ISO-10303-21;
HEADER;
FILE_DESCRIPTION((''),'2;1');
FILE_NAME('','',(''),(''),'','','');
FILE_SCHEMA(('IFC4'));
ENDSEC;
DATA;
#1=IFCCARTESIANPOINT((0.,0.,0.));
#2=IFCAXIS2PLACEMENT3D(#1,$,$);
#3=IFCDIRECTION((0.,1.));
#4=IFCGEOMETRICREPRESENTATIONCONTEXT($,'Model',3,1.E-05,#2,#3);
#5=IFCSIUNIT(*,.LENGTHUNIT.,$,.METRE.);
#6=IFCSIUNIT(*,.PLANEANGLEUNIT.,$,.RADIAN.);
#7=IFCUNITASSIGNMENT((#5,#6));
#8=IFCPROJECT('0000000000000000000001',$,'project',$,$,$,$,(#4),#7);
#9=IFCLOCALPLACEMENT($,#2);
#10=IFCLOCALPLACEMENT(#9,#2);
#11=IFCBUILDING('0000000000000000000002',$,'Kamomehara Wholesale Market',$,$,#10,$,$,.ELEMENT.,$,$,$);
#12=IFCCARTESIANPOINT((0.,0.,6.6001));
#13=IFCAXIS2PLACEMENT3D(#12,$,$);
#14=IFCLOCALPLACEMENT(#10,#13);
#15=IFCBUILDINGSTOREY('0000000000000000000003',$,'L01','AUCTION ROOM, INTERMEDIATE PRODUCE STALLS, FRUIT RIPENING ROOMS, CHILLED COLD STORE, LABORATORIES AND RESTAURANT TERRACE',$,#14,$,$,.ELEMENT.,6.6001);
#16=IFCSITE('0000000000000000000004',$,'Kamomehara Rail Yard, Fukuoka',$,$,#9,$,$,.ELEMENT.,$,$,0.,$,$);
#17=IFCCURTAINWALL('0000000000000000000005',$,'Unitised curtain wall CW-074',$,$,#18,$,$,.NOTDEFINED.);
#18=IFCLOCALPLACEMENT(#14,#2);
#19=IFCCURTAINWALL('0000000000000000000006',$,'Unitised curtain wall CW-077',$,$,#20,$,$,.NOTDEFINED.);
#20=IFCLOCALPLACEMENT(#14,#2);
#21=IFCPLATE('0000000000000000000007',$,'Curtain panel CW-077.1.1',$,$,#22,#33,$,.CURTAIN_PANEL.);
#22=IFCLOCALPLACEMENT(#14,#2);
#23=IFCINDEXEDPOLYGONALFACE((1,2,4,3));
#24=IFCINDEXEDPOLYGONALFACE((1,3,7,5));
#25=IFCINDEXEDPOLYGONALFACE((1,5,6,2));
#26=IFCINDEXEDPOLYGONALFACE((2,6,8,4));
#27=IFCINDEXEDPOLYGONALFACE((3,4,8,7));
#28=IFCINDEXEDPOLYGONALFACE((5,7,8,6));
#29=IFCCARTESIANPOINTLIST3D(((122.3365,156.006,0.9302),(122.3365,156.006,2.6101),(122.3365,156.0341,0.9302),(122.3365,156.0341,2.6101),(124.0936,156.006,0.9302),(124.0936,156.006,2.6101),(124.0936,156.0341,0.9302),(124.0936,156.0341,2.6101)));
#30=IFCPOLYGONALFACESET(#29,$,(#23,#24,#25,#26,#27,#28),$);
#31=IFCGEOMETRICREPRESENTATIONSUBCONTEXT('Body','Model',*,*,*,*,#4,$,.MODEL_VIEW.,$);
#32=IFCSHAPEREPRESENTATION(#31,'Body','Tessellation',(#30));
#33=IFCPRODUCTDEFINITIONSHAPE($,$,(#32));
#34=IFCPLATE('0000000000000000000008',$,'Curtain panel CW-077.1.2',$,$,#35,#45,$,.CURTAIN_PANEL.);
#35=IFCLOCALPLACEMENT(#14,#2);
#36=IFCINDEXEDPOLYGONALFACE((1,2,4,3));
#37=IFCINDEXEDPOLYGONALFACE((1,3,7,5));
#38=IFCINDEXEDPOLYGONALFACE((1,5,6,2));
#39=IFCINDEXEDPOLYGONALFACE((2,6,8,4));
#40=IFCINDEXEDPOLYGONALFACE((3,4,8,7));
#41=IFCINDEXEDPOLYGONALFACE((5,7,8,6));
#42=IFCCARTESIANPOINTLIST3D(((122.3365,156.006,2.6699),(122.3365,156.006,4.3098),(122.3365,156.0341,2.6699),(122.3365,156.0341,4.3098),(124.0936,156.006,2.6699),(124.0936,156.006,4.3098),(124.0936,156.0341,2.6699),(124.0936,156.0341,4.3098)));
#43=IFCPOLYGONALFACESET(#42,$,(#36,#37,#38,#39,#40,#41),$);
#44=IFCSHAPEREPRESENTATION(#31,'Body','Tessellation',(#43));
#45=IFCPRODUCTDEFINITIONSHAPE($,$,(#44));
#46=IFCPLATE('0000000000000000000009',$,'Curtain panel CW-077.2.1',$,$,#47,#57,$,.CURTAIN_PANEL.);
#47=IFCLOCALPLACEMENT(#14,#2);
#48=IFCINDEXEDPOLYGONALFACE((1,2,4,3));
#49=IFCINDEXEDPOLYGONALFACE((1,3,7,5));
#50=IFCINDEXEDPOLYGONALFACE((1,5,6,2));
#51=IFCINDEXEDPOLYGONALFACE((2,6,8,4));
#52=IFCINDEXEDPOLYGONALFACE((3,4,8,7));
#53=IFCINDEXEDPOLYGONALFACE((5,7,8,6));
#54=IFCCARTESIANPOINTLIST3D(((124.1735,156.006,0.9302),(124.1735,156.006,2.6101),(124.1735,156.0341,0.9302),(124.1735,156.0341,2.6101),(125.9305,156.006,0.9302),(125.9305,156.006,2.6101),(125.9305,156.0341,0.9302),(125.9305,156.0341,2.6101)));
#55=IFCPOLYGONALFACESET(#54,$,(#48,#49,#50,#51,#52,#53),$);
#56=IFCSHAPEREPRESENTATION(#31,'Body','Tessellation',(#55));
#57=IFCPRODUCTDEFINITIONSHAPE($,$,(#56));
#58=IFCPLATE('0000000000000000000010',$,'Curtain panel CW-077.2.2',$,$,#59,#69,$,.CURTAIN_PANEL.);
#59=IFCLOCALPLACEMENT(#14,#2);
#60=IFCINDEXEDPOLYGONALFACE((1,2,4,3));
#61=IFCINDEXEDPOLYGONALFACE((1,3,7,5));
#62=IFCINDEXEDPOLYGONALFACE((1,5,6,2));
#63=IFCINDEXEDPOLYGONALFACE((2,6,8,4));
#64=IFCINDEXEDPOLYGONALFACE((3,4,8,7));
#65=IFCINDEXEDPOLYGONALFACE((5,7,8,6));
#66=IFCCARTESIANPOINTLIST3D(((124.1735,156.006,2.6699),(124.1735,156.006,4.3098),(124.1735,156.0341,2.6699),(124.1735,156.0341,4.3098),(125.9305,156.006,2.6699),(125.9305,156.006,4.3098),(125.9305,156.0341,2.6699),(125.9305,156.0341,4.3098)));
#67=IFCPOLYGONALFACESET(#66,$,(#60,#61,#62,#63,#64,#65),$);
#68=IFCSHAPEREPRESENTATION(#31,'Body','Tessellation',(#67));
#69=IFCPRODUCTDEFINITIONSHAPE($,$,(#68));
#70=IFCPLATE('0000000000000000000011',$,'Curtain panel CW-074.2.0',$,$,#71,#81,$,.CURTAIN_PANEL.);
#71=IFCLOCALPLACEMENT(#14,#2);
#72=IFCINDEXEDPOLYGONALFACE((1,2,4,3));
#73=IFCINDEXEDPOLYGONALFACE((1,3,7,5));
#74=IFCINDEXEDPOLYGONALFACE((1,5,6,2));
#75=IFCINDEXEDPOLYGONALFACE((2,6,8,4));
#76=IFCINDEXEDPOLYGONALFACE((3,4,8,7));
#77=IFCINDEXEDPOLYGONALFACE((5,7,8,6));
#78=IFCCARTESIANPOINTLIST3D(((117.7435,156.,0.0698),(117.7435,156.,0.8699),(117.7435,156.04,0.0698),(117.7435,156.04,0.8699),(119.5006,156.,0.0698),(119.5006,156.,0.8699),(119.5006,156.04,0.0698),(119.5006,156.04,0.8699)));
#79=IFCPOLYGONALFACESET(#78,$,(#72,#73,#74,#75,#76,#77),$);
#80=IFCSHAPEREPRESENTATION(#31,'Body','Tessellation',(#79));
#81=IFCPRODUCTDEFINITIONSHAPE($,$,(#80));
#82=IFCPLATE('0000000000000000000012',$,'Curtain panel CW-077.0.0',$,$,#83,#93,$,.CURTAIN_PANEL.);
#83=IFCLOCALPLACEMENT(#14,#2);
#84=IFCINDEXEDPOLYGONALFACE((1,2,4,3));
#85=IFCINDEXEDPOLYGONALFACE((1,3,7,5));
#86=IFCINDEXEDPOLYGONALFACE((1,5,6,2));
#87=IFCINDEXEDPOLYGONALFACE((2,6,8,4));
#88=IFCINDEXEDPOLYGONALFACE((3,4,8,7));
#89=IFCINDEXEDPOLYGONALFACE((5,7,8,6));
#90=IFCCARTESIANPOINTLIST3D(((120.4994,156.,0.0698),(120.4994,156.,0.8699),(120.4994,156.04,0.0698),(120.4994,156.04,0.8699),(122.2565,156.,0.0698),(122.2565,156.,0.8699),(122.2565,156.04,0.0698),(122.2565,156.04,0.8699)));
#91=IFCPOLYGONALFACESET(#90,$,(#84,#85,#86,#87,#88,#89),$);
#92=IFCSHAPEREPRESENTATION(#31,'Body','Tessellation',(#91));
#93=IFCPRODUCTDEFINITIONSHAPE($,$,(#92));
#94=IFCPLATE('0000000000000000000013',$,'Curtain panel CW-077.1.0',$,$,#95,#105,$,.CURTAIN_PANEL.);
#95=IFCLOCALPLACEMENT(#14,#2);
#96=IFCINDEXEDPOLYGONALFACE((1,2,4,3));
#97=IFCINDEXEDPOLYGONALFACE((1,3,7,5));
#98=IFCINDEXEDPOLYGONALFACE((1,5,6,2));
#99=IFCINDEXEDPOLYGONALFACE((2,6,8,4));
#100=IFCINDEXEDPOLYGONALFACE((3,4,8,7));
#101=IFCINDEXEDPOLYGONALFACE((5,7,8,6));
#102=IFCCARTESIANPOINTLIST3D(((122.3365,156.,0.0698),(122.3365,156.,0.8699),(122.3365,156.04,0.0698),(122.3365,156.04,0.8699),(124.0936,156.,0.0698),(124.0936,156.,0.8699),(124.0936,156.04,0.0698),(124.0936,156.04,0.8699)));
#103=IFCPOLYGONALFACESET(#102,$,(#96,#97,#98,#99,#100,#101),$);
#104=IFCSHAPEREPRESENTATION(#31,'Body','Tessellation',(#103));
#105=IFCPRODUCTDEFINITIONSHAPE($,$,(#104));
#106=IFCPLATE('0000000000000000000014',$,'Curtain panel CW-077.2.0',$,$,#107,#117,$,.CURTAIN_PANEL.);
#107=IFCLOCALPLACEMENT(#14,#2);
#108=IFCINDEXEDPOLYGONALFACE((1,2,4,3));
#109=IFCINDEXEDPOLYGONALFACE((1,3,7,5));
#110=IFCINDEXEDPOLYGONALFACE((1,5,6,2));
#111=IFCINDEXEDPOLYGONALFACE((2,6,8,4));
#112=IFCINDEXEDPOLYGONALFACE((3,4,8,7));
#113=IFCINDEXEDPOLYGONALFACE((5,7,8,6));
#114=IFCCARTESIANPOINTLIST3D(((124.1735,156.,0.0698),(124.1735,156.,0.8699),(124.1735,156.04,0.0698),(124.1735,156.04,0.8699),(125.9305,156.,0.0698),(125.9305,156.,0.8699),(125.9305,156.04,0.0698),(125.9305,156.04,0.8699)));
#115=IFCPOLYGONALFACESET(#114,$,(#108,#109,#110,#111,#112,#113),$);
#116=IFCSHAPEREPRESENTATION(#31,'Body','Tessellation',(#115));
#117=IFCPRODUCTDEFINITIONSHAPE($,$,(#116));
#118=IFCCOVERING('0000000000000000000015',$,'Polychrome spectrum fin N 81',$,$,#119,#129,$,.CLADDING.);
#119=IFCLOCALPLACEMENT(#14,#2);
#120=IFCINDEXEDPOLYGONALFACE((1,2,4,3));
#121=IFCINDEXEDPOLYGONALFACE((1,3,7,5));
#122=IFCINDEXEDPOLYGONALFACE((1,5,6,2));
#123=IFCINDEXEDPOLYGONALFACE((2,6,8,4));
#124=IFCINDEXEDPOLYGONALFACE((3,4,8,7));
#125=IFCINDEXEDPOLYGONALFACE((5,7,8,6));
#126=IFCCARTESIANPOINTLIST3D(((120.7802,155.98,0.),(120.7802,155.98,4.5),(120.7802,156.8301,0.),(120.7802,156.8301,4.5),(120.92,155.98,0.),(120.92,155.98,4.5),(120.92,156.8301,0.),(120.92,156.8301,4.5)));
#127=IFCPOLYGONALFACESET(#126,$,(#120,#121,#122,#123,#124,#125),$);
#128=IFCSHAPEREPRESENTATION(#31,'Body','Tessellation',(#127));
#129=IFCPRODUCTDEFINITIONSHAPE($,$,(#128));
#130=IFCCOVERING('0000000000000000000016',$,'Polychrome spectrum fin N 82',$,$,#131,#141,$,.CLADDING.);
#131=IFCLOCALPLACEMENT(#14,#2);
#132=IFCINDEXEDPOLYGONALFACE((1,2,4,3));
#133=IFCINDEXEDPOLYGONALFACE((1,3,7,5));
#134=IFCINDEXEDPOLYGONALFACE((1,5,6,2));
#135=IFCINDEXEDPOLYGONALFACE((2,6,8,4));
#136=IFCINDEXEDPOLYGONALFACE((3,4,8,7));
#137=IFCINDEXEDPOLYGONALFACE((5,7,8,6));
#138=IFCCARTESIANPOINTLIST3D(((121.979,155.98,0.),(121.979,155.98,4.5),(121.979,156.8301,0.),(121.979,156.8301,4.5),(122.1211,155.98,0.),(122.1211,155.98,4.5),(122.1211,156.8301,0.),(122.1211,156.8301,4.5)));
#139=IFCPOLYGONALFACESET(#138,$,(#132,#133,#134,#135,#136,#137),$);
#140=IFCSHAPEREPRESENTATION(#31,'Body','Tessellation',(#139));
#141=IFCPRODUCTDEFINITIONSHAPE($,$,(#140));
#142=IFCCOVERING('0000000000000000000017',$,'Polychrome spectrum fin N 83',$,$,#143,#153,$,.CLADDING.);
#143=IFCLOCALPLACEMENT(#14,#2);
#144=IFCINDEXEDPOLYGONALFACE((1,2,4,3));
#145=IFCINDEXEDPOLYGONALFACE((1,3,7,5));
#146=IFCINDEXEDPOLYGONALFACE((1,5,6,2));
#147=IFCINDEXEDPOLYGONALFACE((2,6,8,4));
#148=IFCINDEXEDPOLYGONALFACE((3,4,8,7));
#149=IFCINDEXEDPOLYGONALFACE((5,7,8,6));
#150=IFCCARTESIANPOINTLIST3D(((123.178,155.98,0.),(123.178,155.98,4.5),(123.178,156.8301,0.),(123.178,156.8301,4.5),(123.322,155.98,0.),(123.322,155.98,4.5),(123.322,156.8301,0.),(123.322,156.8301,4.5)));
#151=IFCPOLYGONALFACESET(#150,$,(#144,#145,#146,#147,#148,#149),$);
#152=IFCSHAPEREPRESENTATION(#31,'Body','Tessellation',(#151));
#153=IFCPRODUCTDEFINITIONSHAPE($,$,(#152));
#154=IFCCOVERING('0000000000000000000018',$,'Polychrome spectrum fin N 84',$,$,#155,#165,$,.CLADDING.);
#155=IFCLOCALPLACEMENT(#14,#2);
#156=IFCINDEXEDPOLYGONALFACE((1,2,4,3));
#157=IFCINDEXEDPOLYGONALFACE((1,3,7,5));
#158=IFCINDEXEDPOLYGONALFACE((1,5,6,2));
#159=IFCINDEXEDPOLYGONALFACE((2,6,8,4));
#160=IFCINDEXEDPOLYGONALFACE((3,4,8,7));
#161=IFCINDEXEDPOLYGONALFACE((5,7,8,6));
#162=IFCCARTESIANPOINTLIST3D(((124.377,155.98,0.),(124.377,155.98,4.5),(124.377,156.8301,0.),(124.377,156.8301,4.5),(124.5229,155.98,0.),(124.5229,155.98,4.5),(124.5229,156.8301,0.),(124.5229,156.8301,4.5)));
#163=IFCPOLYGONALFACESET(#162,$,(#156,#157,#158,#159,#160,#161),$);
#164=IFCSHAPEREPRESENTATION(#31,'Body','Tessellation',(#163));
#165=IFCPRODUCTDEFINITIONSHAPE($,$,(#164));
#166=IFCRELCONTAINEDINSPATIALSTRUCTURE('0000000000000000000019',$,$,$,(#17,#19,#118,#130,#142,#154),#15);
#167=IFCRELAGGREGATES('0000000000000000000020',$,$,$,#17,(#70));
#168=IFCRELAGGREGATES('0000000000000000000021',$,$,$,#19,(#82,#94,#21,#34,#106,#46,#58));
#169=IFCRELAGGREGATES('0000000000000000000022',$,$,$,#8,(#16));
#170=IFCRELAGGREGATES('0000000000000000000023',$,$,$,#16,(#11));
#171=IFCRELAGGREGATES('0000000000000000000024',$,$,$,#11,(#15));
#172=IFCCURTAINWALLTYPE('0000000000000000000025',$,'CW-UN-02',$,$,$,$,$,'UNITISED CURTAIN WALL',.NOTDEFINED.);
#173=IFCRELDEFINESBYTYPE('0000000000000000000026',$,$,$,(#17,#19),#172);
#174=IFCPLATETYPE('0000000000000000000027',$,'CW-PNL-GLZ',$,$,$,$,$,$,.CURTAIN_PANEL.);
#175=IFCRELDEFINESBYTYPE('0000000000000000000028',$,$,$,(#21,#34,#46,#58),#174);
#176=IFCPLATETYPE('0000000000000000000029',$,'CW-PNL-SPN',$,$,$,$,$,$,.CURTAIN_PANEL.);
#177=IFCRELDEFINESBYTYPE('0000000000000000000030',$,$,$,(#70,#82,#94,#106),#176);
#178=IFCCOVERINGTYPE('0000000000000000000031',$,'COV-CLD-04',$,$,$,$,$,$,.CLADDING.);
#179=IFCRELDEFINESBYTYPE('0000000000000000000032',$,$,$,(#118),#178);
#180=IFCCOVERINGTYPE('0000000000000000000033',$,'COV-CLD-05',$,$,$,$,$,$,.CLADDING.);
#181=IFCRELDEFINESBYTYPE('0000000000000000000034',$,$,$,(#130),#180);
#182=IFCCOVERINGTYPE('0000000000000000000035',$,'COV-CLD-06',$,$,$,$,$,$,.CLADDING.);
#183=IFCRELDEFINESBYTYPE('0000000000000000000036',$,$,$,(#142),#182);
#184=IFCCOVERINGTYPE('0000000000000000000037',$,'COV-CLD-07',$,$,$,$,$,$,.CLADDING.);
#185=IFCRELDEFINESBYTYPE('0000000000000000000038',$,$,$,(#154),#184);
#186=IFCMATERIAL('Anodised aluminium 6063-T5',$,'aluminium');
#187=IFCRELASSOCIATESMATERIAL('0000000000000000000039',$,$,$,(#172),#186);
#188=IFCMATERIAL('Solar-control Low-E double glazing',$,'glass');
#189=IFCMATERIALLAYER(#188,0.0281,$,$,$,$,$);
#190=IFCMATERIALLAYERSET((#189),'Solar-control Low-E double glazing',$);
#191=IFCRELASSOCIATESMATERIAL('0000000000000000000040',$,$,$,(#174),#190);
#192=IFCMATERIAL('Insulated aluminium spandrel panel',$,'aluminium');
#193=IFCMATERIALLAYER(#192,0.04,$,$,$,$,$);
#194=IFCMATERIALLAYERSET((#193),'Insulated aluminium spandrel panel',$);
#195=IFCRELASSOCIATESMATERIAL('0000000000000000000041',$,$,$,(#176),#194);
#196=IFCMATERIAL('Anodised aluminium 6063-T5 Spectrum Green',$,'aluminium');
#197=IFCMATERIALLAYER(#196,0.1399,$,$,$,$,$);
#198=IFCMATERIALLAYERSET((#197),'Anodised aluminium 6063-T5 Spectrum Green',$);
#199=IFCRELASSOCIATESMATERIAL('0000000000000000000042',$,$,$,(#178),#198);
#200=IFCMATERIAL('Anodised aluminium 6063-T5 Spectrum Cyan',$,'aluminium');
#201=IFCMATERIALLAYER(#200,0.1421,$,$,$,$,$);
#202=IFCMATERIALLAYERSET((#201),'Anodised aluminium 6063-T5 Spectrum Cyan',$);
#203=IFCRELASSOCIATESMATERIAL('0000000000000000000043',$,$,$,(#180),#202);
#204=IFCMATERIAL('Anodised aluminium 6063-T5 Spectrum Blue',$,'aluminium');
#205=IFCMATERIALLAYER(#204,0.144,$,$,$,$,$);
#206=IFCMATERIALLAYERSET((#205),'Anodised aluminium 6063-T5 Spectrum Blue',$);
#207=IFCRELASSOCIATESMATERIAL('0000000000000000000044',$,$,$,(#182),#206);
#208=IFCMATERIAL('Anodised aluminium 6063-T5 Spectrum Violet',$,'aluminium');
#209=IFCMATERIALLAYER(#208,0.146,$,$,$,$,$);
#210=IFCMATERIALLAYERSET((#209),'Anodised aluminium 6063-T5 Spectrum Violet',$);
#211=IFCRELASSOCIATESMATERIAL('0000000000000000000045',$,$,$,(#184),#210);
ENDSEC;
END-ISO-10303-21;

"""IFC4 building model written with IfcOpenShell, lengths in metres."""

from ifc_helpers import new_model, si_unit, direction, frame, origin, origin_2d, place, context, subcontext, project, spatial, rectangle, extrude, material, layer, layer_set, type_object, element, aggregate, save


model = new_model("IFC4")

# Units and contexts
model_context = context("Model", 3, precision=1e-05, world=origin(), true_north=direction((0.0, 1.0)))
body_context = subcontext(model_context, "Body", "Model", "MODEL_VIEW")
ifc_project = project(units=[si_unit("LENGTHUNIT", "METRE"), si_unit("PLANEANGLEUNIT", "RADIAN")], contexts=[model_context])

# Site, building, storey
site_placement = place(None, origin())
site = spatial("IfcSite", under=ifc_project, at=site_placement, Name="Kamomehara Rail Yard, Fukuoka", CompositionType="ELEMENT", RefElevation=0.0)
building_placement = place(site_placement, origin())
building = spatial("IfcBuilding", under=site, at=building_placement, Name="Kamomehara Wholesale Market", CompositionType="ELEMENT")
storey_placement = place(building_placement, frame((0.0, 0.0, 6.6001)))
storey = spatial("IfcBuildingStorey", under=building, at=storey_placement, Name="L01", Description="AUCTION ROOM, INTERMEDIATE PRODUCE STALLS, FRUIT RIPENING ROOMS, CHILLED COLD STORE, LABORATORIES AND RESTAURANT TERRACE", CompositionType="ELEMENT", Elevation=6.6001)

# Curtain wall
ifc_material_1 = material(Name="Anodised aluminium 6063-T5", Category="aluminium")
curtain_wall_type = type_object("IfcCurtainWallType", Name="CW-UN-02", ElementType="UNITISED CURTAIN WALL", PredefinedType="NOTDEFINED", material=ifc_material_1)
curtain_wall_1_placement = place(storey_placement, origin())
curtain_wall_1 = element("IfcCurtainWall", 1, at=curtain_wall_1_placement, inside=storey, type_object=curtain_wall_type, Name="Unitised curtain wall CW-074", PredefinedType="NOTDEFINED")

# Curtain wall
curtain_wall_2_placement = place(storey_placement, origin())
curtain_wall_2 = element("IfcCurtainWall", 2, at=curtain_wall_2_placement, inside=storey, type_object=curtain_wall_type, Name="Unitised curtain wall CW-077", PredefinedType="NOTDEFINED")

# Plates
ifc_material_2 = material(Name="Solar-control Low-E double glazing", Category="glass")
ifc_layer_1 = layer(ifc_material_2, 0.0281)
ifc_layer_set_1 = layer_set([ifc_layer_1], Name="Solar-control Low-E double glazing")
plate_type_1 = type_object("IfcPlateType", Name="CW-PNL-GLZ", PredefinedType="CURTAIN_PANEL", material=ifc_layer_set_1)
plate_1_placement = place(storey_placement, frame((123.2151, 156.02, 0.9302), z_axis=(0.0, 0.0, 1.0), x_axis=(1.0, 0.0, 0.0)))
plate_1 = element("IfcPlate", 3, at=plate_1_placement, type_object=plate_type_1, Name="Curtain panel CW-077.1.1", PredefinedType="CURTAIN_PANEL", context=body_context, shape_type="SweptSolid", body=[
    extrude(rectangle(XDim=1.7571, YDim=0.0281, at=origin_2d()), origin(), (0.0, 0.0, 1.0), 1.6799),
])
plate_2_placement = place(storey_placement, frame((123.2151, 156.02, 2.6699), z_axis=(0.0, 0.0, 1.0), x_axis=(1.0, 0.0, 0.0)))
plate_2 = element("IfcPlate", 4, at=plate_2_placement, type_object=plate_type_1, Name="Curtain panel CW-077.1.2", PredefinedType="CURTAIN_PANEL", context=body_context, shape_type="SweptSolid", body=[
    extrude(rectangle(XDim=1.7571, YDim=0.0281, at=origin_2d()), origin(), (0.0, 0.0, 1.0), 1.6399),
])
plate_3_placement = place(storey_placement, frame((125.052, 156.02, 0.9302), z_axis=(0.0, 0.0, 1.0), x_axis=(1.0, 0.0, 0.0)))
plate_3 = element("IfcPlate", 5, at=plate_3_placement, type_object=plate_type_1, Name="Curtain panel CW-077.2.1", PredefinedType="CURTAIN_PANEL", context=body_context, shape_type="SweptSolid", body=[
    extrude(rectangle(XDim=1.7571, YDim=0.0281, at=origin_2d()), origin(), (0.0, 0.0, 1.0), 1.6799),
])
plate_4_placement = place(storey_placement, frame((125.052, 156.02, 2.6699), z_axis=(0.0, 0.0, 1.0), x_axis=(1.0, 0.0, 0.0)))
plate_4 = element("IfcPlate", 6, at=plate_4_placement, type_object=plate_type_1, Name="Curtain panel CW-077.2.2", PredefinedType="CURTAIN_PANEL", context=body_context, shape_type="SweptSolid", body=[
    extrude(rectangle(XDim=1.7571, YDim=0.0281, at=origin_2d()), origin(), (0.0, 0.0, 1.0), 1.6399),
])
ifc_material_3 = material(Name="Insulated aluminium spandrel panel", Category="aluminium")
ifc_layer_2 = layer(ifc_material_3, 0.04)
ifc_layer_set_2 = layer_set([ifc_layer_2], Name="Insulated aluminium spandrel panel")
plate_type_2 = type_object("IfcPlateType", Name="CW-PNL-SPN", PredefinedType="CURTAIN_PANEL", material=ifc_layer_set_2)
plate_5_placement = place(storey_placement, frame((118.6221, 156.02, 0.0698), z_axis=(0.0, 0.0, 1.0), x_axis=(1.0, 0.0, 0.0)))
plate_5 = element("IfcPlate", 7, at=plate_5_placement, type_object=plate_type_2, Name="Curtain panel CW-074.2.0", PredefinedType="CURTAIN_PANEL", context=body_context, shape_type="SweptSolid", body=[
    extrude(rectangle(XDim=1.7571, YDim=0.04, at=origin_2d()), origin(), (0.0, 0.0, 1.0), 0.8),
])
aggregate(curtain_wall_1, [plate_5])
plate_6_placement = place(storey_placement, frame((121.3779, 156.02, 0.0698), z_axis=(0.0, 0.0, 1.0), x_axis=(1.0, 0.0, 0.0)))
plate_6 = element("IfcPlate", 8, at=plate_6_placement, type_object=plate_type_2, Name="Curtain panel CW-077.0.0", PredefinedType="CURTAIN_PANEL", context=body_context, shape_type="SweptSolid", body=[
    extrude(rectangle(XDim=1.7571, YDim=0.04, at=origin_2d()), origin(), (0.0, 0.0, 1.0), 0.8),
])
plate_7_placement = place(storey_placement, frame((123.2151, 156.02, 0.0698), z_axis=(0.0, 0.0, 1.0), x_axis=(1.0, 0.0, 0.0)))
plate_7 = element("IfcPlate", 9, at=plate_7_placement, type_object=plate_type_2, Name="Curtain panel CW-077.1.0", PredefinedType="CURTAIN_PANEL", context=body_context, shape_type="SweptSolid", body=[
    extrude(rectangle(XDim=1.7571, YDim=0.04, at=origin_2d()), origin(), (0.0, 0.0, 1.0), 0.8),
])
plate_8_placement = place(storey_placement, frame((125.052, 156.02, 0.0698), z_axis=(0.0, 0.0, 1.0), x_axis=(1.0, 0.0, 0.0)))
plate_8 = element("IfcPlate", 10, at=plate_8_placement, type_object=plate_type_2, Name="Curtain panel CW-077.2.0", PredefinedType="CURTAIN_PANEL", context=body_context, shape_type="SweptSolid", body=[
    extrude(rectangle(XDim=1.7571, YDim=0.04, at=origin_2d()), origin(), (0.0, 0.0, 1.0), 0.8),
])
aggregate(curtain_wall_2, [plate_6, plate_7, plate_1, plate_2, plate_8, plate_3, plate_4])

# Coverings
ifc_material_4 = material(Name="Anodised aluminium 6063-T5 Spectrum Green", Category="aluminium")
ifc_layer_3 = layer(ifc_material_4, 0.1399)
ifc_layer_set_3 = layer_set([ifc_layer_3], Name="Anodised aluminium 6063-T5 Spectrum Green")
covering_type_1 = type_object("IfcCoveringType", Name="COV-CLD-04", PredefinedType="CLADDING", material=ifc_layer_set_3)
covering_1_placement = place(storey_placement, frame((120.8501, 156.405, 0.0), z_axis=(0.0, 0.0, 1.0), x_axis=(1.0, 0.0, 0.0)))
element("IfcCovering", 11, at=covering_1_placement, inside=storey, type_object=covering_type_1, Name="Polychrome spectrum fin N 81", PredefinedType="CLADDING", context=body_context, shape_type="SweptSolid", body=[
    extrude(rectangle(XDim=0.1399, YDim=0.8501, at=origin_2d()), origin(), (0.0, 0.0, 1.0), 4.5),
])
ifc_material_5 = material(Name="Anodised aluminium 6063-T5 Spectrum Cyan", Category="aluminium")
ifc_layer_4 = layer(ifc_material_5, 0.1421)
ifc_layer_set_4 = layer_set([ifc_layer_4], Name="Anodised aluminium 6063-T5 Spectrum Cyan")
covering_type_2 = type_object("IfcCoveringType", Name="COV-CLD-05", PredefinedType="CLADDING", material=ifc_layer_set_4)
covering_2_placement = place(storey_placement, frame((122.05, 156.405, 0.0), z_axis=(0.0, 0.0, 1.0), x_axis=(1.0, 0.0, 0.0)))
element("IfcCovering", 12, at=covering_2_placement, inside=storey, type_object=covering_type_2, Name="Polychrome spectrum fin N 82", PredefinedType="CLADDING", context=body_context, shape_type="SweptSolid", body=[
    extrude(rectangle(XDim=0.1421, YDim=0.8501, at=origin_2d()), origin(), (0.0, 0.0, 1.0), 4.5),
])
ifc_material_6 = material(Name="Anodised aluminium 6063-T5 Spectrum Blue", Category="aluminium")
ifc_layer_5 = layer(ifc_material_6, 0.144)
ifc_layer_set_5 = layer_set([ifc_layer_5], Name="Anodised aluminium 6063-T5 Spectrum Blue")
covering_type_3 = type_object("IfcCoveringType", Name="COV-CLD-06", PredefinedType="CLADDING", material=ifc_layer_set_5)
covering_3_placement = place(storey_placement, frame((123.25, 156.405, 0.0), z_axis=(0.0, 0.0, 1.0), x_axis=(1.0, 0.0, 0.0)))
element("IfcCovering", 13, at=covering_3_placement, inside=storey, type_object=covering_type_3, Name="Polychrome spectrum fin N 83", PredefinedType="CLADDING", context=body_context, shape_type="SweptSolid", body=[
    extrude(rectangle(XDim=0.144, YDim=0.8501, at=origin_2d()), origin(), (0.0, 0.0, 1.0), 4.5),
])
ifc_material_7 = material(Name="Anodised aluminium 6063-T5 Spectrum Violet", Category="aluminium")
ifc_layer_6 = layer(ifc_material_7, 0.146)
ifc_layer_set_6 = layer_set([ifc_layer_6], Name="Anodised aluminium 6063-T5 Spectrum Violet")
covering_type_4 = type_object("IfcCoveringType", Name="COV-CLD-07", PredefinedType="CLADDING", material=ifc_layer_set_6)
covering_4_placement = place(storey_placement, frame((124.45, 156.405, 0.0), z_axis=(0.0, 0.0, 1.0), x_axis=(1.0, 0.0, 0.0)))
element("IfcCovering", 14, at=covering_4_placement, inside=storey, type_object=covering_type_4, Name="Polychrome spectrum fin N 84", PredefinedType="CLADDING", context=body_context, shape_type="SweptSolid", body=[
    extrude(rectangle(XDim=0.146, YDim=0.8501, at=origin_2d()), origin(), (0.0, 0.0, 1.0), 4.5),
])

save(model, "model.ifc")
